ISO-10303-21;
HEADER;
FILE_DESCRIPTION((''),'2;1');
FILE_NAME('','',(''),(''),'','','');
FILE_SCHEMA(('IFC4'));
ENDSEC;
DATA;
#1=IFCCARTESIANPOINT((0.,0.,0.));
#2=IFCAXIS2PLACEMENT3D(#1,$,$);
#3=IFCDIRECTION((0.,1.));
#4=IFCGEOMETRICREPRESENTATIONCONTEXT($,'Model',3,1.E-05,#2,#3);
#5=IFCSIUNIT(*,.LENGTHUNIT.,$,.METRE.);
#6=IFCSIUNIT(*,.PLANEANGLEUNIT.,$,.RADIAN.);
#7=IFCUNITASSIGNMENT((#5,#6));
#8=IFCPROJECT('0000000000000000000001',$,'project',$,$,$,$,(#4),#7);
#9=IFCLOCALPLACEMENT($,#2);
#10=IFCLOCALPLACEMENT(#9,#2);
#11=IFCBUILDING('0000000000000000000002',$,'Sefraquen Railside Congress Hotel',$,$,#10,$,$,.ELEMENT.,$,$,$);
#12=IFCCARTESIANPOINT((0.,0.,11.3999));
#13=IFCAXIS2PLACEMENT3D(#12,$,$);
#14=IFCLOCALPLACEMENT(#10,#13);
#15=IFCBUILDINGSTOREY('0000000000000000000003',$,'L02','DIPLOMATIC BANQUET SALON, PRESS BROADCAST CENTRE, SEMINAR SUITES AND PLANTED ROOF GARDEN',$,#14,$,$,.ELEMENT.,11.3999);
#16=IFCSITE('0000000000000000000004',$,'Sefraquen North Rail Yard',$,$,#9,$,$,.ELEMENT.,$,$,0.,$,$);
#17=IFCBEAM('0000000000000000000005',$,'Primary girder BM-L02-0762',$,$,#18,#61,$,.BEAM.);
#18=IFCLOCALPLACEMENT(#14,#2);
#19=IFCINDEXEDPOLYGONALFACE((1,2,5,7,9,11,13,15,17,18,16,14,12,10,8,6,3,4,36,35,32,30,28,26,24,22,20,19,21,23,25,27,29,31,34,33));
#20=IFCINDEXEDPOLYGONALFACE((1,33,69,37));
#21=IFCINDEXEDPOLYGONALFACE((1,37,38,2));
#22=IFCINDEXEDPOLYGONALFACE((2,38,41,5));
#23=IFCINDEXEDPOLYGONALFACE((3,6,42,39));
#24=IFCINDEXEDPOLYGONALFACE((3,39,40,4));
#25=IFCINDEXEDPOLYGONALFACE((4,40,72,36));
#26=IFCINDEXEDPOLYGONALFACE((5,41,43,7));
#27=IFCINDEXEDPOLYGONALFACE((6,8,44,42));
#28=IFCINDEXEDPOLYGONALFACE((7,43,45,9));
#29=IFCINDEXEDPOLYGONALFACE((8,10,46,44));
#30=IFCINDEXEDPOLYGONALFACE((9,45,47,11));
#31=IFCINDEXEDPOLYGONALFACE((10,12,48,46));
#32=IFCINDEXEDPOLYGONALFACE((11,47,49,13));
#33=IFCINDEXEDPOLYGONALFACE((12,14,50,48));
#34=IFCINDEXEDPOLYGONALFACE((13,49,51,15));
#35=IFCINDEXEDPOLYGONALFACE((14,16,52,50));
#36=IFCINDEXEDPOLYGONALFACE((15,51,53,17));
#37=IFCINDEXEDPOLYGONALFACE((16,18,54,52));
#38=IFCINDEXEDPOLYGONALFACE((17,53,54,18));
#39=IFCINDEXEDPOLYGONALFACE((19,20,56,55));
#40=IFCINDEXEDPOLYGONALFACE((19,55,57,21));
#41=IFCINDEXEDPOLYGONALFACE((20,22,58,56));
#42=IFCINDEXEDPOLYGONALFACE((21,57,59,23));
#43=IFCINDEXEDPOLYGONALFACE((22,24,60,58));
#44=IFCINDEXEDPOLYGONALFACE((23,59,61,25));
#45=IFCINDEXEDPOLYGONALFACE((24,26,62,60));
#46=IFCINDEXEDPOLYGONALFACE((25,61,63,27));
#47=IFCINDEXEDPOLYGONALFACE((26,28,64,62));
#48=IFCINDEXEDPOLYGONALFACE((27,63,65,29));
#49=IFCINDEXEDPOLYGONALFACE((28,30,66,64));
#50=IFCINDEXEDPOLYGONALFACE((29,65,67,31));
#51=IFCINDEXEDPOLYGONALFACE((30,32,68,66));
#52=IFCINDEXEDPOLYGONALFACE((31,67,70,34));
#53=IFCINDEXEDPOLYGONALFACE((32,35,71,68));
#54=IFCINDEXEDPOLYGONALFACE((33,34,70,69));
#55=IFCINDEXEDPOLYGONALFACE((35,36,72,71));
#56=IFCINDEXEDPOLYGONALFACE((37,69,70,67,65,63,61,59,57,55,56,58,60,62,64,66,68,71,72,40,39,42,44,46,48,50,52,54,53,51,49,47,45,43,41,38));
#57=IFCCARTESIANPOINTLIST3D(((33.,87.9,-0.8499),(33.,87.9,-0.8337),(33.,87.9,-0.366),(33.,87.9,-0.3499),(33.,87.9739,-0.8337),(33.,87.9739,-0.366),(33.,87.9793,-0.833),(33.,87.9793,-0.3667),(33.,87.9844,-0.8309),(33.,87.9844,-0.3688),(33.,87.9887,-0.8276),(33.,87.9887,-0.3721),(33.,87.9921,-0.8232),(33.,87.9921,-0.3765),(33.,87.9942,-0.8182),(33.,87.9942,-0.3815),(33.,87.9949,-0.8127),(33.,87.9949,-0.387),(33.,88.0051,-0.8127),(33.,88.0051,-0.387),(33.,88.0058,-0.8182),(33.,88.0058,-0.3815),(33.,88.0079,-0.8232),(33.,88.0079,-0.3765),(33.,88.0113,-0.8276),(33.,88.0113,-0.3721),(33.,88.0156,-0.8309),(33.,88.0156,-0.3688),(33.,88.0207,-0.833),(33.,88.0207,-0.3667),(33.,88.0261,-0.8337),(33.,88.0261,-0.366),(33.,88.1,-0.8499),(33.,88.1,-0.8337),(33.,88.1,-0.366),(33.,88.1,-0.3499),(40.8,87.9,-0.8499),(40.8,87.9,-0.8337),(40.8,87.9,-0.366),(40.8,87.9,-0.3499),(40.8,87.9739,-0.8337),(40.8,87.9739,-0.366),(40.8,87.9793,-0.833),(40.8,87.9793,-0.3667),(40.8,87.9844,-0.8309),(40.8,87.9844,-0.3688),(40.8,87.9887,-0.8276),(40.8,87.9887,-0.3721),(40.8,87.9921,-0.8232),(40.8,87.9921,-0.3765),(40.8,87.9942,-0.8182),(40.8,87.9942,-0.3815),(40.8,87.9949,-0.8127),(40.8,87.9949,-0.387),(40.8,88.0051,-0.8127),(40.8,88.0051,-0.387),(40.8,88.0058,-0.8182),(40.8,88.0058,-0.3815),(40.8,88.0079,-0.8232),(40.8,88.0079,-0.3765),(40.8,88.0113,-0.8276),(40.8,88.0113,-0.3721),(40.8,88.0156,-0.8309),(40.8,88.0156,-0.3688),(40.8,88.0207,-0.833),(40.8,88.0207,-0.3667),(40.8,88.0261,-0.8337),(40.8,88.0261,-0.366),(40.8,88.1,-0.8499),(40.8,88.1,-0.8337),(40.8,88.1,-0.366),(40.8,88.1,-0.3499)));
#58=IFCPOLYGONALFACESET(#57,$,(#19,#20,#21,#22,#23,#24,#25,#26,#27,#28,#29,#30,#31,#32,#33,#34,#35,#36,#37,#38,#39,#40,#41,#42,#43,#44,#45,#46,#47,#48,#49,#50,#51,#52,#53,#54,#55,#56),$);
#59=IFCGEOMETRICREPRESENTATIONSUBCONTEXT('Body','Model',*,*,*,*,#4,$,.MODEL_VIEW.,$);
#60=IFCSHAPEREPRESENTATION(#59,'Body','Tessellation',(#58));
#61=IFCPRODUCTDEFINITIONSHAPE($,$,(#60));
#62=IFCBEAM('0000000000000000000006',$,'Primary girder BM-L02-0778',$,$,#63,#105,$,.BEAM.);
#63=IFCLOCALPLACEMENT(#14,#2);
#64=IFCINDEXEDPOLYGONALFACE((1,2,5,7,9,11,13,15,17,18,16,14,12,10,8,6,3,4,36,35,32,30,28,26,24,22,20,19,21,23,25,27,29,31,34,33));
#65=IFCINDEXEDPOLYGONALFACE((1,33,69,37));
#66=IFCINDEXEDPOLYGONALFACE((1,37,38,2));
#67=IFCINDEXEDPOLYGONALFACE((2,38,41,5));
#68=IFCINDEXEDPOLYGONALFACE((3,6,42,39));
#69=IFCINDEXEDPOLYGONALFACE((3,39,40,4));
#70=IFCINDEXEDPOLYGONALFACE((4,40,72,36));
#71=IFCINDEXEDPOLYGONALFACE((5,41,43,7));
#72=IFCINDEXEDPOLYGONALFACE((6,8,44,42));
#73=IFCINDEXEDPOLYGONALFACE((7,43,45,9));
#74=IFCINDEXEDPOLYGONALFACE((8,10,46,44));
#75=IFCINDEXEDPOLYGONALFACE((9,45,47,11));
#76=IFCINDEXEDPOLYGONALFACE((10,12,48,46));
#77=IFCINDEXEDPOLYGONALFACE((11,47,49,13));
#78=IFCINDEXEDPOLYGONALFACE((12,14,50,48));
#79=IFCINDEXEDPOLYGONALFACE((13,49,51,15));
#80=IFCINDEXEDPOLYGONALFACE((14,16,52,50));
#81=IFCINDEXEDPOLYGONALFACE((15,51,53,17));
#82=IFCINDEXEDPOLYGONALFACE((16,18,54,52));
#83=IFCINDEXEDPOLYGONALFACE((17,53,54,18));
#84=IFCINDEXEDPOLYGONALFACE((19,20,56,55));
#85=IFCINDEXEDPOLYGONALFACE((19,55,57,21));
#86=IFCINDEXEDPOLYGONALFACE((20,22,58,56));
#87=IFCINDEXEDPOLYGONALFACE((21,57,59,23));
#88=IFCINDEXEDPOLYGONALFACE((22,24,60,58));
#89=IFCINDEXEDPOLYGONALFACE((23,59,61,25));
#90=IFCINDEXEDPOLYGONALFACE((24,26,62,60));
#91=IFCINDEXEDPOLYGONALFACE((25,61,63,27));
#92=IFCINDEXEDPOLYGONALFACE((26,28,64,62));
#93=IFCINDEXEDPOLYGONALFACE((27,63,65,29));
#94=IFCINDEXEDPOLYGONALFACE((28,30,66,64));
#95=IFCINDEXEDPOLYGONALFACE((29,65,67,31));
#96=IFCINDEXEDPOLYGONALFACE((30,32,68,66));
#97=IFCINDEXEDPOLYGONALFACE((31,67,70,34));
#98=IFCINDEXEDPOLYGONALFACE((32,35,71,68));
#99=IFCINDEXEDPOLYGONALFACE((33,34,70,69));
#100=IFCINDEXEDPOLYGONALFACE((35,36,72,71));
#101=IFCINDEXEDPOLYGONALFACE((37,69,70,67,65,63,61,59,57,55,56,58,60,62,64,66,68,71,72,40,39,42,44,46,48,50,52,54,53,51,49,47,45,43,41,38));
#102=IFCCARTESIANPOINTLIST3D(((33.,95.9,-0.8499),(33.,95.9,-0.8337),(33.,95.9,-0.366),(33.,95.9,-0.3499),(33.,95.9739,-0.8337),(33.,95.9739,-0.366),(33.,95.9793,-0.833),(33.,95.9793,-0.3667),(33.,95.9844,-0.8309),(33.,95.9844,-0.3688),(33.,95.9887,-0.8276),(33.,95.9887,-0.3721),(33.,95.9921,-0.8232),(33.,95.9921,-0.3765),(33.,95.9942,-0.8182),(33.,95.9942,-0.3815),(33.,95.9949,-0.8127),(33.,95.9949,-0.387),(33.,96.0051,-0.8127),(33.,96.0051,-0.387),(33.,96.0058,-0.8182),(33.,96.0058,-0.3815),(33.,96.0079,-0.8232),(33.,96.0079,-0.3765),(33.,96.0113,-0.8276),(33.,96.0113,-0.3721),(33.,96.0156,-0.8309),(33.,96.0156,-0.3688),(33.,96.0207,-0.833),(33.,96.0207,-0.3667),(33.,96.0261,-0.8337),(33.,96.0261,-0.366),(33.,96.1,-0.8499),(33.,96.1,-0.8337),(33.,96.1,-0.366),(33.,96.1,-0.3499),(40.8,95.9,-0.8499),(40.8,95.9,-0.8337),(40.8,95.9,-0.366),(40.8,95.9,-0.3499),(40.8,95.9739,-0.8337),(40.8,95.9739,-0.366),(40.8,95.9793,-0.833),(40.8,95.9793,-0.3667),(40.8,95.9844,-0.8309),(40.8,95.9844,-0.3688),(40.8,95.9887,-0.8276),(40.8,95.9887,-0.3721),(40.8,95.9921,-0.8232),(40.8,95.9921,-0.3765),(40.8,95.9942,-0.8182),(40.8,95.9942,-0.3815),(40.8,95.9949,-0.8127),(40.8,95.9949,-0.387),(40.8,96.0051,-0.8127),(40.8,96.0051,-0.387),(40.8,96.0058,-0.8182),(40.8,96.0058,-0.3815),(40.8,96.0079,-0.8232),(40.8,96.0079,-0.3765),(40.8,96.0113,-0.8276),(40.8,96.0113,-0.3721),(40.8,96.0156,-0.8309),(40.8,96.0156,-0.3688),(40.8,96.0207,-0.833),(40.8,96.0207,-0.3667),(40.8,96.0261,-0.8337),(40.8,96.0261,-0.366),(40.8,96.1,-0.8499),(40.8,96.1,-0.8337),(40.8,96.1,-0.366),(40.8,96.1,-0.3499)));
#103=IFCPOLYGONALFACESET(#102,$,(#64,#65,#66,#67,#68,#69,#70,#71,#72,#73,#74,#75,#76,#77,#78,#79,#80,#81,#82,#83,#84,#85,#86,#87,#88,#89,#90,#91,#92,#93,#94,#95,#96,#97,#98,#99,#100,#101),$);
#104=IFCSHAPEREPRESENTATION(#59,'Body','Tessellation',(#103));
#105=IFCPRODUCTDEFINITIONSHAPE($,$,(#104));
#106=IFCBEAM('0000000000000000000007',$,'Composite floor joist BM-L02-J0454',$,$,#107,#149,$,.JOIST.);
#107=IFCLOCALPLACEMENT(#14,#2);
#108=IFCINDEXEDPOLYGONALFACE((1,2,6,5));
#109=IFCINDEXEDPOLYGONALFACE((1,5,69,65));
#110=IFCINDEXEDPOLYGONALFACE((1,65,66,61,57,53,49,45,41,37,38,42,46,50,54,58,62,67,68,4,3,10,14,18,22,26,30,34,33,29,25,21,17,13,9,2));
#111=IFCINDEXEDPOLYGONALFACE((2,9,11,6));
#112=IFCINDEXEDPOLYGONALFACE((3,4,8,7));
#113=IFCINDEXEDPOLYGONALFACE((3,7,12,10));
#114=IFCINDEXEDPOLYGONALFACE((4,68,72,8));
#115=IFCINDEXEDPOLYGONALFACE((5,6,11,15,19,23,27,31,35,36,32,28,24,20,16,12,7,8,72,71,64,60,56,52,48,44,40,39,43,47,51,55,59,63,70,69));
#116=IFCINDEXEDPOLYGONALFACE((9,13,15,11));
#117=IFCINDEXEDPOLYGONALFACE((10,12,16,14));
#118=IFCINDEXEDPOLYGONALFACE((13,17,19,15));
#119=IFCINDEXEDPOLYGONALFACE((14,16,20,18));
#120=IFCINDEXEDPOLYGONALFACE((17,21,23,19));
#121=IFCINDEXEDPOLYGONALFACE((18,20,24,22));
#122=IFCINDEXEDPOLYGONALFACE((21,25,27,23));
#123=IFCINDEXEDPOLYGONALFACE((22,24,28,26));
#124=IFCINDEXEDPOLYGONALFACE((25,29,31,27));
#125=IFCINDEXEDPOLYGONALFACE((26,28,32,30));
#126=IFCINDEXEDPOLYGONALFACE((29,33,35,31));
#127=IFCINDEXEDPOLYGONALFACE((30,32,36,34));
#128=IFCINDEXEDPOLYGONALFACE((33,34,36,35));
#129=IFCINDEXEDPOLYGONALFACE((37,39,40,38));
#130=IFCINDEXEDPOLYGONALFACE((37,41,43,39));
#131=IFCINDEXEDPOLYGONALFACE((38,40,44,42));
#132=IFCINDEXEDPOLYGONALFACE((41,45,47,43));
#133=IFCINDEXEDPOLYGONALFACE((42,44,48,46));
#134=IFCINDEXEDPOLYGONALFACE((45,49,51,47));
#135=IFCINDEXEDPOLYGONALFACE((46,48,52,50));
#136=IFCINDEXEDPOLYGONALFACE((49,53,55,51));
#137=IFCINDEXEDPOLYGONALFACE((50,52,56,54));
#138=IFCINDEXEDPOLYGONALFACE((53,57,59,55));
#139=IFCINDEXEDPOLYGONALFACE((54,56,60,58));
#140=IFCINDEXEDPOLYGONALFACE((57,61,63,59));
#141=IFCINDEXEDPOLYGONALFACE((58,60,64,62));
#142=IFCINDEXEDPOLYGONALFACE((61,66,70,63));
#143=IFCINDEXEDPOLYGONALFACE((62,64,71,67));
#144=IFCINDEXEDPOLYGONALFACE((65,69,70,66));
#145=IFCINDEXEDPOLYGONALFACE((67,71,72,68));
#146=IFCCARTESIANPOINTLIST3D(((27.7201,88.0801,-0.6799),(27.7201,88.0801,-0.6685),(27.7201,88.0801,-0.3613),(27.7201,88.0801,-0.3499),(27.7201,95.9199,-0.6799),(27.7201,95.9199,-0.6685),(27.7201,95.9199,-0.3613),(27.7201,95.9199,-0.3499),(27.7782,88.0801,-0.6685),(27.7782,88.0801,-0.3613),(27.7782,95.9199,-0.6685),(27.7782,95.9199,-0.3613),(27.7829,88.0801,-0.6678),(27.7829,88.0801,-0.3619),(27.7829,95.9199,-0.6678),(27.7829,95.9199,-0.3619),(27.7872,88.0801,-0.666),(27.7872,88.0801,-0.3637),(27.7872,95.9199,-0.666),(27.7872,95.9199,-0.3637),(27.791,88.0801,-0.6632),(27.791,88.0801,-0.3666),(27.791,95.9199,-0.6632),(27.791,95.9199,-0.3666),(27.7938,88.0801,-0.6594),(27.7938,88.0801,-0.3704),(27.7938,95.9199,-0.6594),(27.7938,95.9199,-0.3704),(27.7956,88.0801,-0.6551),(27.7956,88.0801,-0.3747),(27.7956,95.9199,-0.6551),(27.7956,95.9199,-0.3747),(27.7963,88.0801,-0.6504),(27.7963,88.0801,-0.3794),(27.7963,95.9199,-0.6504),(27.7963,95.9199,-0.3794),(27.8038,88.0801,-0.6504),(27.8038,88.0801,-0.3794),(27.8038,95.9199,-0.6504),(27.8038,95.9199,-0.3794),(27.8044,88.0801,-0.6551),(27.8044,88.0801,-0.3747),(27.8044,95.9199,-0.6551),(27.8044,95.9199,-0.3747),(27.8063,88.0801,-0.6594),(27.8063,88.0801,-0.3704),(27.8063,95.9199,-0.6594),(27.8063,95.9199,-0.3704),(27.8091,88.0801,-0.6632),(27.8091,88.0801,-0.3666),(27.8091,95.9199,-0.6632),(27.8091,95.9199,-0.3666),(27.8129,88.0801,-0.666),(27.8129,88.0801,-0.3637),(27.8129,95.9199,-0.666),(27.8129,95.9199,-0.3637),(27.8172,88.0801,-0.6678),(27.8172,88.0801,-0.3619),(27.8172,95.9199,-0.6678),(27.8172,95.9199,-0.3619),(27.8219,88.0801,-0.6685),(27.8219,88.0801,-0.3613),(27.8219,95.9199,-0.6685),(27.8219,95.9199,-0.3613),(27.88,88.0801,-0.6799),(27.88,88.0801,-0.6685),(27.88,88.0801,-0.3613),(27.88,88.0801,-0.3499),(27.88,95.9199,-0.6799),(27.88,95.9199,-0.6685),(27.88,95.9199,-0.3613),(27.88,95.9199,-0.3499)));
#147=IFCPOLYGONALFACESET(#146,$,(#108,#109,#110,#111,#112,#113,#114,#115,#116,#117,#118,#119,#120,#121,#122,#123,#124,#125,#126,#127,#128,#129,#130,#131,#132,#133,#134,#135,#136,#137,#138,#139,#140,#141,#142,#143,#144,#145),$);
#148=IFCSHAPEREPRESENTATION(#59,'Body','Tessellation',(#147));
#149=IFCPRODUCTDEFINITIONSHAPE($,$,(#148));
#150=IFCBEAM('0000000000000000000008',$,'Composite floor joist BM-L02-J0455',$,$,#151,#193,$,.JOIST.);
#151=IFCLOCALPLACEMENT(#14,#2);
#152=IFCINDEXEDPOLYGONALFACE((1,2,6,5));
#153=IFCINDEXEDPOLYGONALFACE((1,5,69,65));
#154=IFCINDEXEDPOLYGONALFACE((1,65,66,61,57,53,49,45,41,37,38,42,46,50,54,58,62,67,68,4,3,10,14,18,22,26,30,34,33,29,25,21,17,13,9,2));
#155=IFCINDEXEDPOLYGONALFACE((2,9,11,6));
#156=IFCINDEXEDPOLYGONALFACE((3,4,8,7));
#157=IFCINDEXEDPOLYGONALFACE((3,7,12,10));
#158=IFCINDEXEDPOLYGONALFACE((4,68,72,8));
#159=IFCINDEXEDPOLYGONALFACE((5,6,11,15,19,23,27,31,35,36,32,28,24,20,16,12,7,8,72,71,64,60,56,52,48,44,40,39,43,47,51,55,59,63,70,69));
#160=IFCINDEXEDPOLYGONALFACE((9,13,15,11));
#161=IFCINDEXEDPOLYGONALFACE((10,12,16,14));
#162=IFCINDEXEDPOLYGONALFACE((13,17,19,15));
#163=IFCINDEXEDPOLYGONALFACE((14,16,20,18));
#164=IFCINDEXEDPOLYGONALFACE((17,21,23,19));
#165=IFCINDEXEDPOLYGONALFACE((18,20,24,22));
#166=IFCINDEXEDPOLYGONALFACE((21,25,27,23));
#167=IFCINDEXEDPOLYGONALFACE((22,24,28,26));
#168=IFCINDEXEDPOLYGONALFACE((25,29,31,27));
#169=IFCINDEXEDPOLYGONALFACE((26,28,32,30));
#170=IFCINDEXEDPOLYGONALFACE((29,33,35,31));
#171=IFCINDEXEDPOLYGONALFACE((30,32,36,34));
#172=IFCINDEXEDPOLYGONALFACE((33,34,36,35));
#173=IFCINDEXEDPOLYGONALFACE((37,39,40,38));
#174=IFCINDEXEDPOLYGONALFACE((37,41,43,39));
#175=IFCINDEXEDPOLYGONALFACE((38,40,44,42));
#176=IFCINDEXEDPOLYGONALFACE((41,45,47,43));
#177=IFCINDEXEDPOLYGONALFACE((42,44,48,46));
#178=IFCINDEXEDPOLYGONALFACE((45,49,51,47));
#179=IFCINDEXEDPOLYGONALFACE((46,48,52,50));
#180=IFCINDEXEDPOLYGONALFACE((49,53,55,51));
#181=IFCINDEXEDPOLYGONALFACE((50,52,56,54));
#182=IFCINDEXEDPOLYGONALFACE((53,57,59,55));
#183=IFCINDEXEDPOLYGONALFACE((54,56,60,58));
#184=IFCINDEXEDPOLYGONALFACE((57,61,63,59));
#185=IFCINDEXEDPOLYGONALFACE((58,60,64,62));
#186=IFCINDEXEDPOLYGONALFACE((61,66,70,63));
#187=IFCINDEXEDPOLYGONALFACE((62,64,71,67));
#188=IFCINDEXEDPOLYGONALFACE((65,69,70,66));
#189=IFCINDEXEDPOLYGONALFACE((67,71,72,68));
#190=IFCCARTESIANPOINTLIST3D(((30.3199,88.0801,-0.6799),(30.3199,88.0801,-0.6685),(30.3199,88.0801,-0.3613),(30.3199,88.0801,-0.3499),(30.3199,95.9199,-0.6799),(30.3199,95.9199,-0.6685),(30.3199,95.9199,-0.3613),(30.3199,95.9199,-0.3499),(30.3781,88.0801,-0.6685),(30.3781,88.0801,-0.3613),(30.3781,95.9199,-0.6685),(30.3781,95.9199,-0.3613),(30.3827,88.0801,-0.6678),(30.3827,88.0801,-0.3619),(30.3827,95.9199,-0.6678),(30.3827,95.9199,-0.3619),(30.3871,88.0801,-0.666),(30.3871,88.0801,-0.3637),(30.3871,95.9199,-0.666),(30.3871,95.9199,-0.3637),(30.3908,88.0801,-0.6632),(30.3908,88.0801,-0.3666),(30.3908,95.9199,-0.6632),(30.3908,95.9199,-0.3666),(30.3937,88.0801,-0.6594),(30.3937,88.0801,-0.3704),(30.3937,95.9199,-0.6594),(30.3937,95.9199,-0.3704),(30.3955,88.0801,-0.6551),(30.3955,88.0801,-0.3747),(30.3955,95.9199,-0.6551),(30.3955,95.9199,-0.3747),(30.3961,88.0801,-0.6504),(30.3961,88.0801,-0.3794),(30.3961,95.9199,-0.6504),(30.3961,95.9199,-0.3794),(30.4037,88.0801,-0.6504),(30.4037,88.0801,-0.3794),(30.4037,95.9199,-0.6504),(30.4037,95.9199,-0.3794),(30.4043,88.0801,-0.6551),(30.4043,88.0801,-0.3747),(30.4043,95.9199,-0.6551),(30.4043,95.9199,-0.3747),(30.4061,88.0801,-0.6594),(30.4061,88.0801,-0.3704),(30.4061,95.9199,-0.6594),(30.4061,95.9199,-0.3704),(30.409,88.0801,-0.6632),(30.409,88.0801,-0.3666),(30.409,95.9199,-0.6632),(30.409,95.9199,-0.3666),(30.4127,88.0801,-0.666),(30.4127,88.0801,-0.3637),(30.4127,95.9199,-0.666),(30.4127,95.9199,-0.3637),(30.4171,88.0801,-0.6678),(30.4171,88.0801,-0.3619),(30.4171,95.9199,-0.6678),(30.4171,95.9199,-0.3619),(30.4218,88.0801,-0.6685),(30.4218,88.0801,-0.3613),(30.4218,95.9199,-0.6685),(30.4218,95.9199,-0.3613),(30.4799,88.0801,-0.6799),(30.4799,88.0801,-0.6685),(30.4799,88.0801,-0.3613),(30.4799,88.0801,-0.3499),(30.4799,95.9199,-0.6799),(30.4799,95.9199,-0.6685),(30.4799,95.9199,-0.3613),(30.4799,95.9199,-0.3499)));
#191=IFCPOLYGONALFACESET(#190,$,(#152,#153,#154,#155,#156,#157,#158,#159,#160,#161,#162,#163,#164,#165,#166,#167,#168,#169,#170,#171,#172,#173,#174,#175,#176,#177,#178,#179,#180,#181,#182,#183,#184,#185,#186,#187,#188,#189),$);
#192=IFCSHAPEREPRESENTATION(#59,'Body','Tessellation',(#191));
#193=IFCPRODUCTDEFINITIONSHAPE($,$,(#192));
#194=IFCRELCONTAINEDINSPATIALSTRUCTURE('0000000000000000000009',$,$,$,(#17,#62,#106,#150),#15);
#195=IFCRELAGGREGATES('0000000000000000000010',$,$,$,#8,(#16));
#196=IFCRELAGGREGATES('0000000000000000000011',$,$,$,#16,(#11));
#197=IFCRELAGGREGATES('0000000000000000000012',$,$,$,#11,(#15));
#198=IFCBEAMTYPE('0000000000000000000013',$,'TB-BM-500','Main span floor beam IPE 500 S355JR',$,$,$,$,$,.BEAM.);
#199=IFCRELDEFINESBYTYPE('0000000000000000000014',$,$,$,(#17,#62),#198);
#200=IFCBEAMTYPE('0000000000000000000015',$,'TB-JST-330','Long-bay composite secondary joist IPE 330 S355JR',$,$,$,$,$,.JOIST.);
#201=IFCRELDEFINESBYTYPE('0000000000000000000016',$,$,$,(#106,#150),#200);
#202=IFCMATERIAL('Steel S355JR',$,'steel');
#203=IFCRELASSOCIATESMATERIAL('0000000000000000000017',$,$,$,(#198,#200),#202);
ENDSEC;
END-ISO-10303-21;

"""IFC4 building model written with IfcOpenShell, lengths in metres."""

from ifc_helpers import new_model, si_unit, direction, frame, origin, origin_2d, place, context, subcontext, project, spatial, i_section, extrude, material, material_profile, profile_set, type_object, element, save


model = new_model("IFC4")

# Units and contexts
model_context = context("Model", 3, precision=1e-05, world=origin(), true_north=direction((0.0, 1.0)))
body_context = subcontext(model_context, "Body", "Model", "MODEL_VIEW")
ifc_project = project(units=[si_unit("LENGTHUNIT", "METRE"), si_unit("PLANEANGLEUNIT", "RADIAN")], contexts=[model_context])

# Site, building, storey
site_placement = place(None, origin())
site = spatial("IfcSite", under=ifc_project, at=site_placement, Name="Sefraquen North Rail Yard", CompositionType="ELEMENT", RefElevation=0.0)
building_placement = place(site_placement, origin())
building = spatial("IfcBuilding", under=site, at=building_placement, Name="Sefraquen Railside Congress Hotel", CompositionType="ELEMENT")
storey_placement = place(building_placement, frame((0.0, 0.0, 11.3999)))
storey = spatial("IfcBuildingStorey", under=building, at=storey_placement, Name="L02", Description="DIPLOMATIC BANQUET SALON, PRESS BROADCAST CENTRE, SEMINAR SUITES AND PLANTED ROOF GARDEN", CompositionType="ELEMENT", Elevation=11.3999)

# Shared definitions
ifc_material_1 = material(Name="Steel S355JR", Category="steel")

# Beams
ifc_material_profile_1 = material_profile(ifc_material_1, i_section(OverallWidth=0.2, OverallDepth=0.5, WebThickness=0.0103, FlangeThickness=0.0161, FilletRadius=0.021, at=origin_2d()), Name="IPE 500")
ifc_profile_set_1 = profile_set([ifc_material_profile_1], Name="Steel S355JR")
beam_type_1 = type_object("IfcBeamType", Name="TB-BM-500", Description="Main span floor beam IPE 500 S355JR", PredefinedType="BEAM", material=ifc_profile_set_1)
for number, where, z_axis, x_axis, name in (
    (1, (33.0, 88.0, -0.5999), (1.0, 0.0, 0.0), (0.0, 1.0, 0.0), "Primary girder BM-L02-0762"),
    (2, (33.0, 96.0, -0.5999), (1.0, 0.0, 0.0), (0.0, 1.0, 0.0), "Primary girder BM-L02-0778"),
):
    element("IfcBeam", number, at=place(storey_placement, frame(where, z_axis=z_axis, x_axis=x_axis)), inside=storey, type_object=beam_type_1, Name=name, PredefinedType="BEAM", context=body_context, shape_type="SweptSolid", body=[
        extrude(i_section(OverallWidth=0.2, OverallDepth=0.5, WebThickness=0.0103, FlangeThickness=0.0161, FilletRadius=0.021, at=origin_2d()), origin(), (0.0, 0.0, 1.0), 7.8),
    ])
ifc_material_profile_2 = material_profile(ifc_material_1, i_section(OverallWidth=0.1599, OverallDepth=0.3301, WebThickness=0.0076, FlangeThickness=0.0115, FilletRadius=0.0181, at=origin_2d()), Name="IPE 330")
ifc_profile_set_2 = profile_set([ifc_material_profile_2], Name="Steel S355JR")
beam_type_2 = type_object("IfcBeamType", Name="TB-JST-330", Description="Long-bay composite secondary joist IPE 330 S355JR", PredefinedType="JOIST", material=ifc_profile_set_2)
for number, where, z_axis, x_axis, name in (
    (3, (27.8, 88.0801, -0.5149), (0.0, 1.0, 0.0), (-1.0, 0.0, 0.0), "Composite floor joist BM-L02-J0454"),
    (4, (30.3999, 88.0801, -0.5149), (0.0, 1.0, 0.0), (-1.0, 0.0, 0.0), "Composite floor joist BM-L02-J0455"),
):
    element("IfcBeam", number, at=place(storey_placement, frame(where, z_axis=z_axis, x_axis=x_axis)), inside=storey, type_object=beam_type_2, Name=name, PredefinedType="JOIST", context=body_context, shape_type="SweptSolid", body=[
        extrude(i_section(OverallWidth=0.1599, OverallDepth=0.3301, WebThickness=0.0076, FlangeThickness=0.0115, FilletRadius=0.0181, at=origin_2d()), origin(), (0.0, 0.0, 1.0), 7.8398),
    ])

save(model, "model.ifc")
